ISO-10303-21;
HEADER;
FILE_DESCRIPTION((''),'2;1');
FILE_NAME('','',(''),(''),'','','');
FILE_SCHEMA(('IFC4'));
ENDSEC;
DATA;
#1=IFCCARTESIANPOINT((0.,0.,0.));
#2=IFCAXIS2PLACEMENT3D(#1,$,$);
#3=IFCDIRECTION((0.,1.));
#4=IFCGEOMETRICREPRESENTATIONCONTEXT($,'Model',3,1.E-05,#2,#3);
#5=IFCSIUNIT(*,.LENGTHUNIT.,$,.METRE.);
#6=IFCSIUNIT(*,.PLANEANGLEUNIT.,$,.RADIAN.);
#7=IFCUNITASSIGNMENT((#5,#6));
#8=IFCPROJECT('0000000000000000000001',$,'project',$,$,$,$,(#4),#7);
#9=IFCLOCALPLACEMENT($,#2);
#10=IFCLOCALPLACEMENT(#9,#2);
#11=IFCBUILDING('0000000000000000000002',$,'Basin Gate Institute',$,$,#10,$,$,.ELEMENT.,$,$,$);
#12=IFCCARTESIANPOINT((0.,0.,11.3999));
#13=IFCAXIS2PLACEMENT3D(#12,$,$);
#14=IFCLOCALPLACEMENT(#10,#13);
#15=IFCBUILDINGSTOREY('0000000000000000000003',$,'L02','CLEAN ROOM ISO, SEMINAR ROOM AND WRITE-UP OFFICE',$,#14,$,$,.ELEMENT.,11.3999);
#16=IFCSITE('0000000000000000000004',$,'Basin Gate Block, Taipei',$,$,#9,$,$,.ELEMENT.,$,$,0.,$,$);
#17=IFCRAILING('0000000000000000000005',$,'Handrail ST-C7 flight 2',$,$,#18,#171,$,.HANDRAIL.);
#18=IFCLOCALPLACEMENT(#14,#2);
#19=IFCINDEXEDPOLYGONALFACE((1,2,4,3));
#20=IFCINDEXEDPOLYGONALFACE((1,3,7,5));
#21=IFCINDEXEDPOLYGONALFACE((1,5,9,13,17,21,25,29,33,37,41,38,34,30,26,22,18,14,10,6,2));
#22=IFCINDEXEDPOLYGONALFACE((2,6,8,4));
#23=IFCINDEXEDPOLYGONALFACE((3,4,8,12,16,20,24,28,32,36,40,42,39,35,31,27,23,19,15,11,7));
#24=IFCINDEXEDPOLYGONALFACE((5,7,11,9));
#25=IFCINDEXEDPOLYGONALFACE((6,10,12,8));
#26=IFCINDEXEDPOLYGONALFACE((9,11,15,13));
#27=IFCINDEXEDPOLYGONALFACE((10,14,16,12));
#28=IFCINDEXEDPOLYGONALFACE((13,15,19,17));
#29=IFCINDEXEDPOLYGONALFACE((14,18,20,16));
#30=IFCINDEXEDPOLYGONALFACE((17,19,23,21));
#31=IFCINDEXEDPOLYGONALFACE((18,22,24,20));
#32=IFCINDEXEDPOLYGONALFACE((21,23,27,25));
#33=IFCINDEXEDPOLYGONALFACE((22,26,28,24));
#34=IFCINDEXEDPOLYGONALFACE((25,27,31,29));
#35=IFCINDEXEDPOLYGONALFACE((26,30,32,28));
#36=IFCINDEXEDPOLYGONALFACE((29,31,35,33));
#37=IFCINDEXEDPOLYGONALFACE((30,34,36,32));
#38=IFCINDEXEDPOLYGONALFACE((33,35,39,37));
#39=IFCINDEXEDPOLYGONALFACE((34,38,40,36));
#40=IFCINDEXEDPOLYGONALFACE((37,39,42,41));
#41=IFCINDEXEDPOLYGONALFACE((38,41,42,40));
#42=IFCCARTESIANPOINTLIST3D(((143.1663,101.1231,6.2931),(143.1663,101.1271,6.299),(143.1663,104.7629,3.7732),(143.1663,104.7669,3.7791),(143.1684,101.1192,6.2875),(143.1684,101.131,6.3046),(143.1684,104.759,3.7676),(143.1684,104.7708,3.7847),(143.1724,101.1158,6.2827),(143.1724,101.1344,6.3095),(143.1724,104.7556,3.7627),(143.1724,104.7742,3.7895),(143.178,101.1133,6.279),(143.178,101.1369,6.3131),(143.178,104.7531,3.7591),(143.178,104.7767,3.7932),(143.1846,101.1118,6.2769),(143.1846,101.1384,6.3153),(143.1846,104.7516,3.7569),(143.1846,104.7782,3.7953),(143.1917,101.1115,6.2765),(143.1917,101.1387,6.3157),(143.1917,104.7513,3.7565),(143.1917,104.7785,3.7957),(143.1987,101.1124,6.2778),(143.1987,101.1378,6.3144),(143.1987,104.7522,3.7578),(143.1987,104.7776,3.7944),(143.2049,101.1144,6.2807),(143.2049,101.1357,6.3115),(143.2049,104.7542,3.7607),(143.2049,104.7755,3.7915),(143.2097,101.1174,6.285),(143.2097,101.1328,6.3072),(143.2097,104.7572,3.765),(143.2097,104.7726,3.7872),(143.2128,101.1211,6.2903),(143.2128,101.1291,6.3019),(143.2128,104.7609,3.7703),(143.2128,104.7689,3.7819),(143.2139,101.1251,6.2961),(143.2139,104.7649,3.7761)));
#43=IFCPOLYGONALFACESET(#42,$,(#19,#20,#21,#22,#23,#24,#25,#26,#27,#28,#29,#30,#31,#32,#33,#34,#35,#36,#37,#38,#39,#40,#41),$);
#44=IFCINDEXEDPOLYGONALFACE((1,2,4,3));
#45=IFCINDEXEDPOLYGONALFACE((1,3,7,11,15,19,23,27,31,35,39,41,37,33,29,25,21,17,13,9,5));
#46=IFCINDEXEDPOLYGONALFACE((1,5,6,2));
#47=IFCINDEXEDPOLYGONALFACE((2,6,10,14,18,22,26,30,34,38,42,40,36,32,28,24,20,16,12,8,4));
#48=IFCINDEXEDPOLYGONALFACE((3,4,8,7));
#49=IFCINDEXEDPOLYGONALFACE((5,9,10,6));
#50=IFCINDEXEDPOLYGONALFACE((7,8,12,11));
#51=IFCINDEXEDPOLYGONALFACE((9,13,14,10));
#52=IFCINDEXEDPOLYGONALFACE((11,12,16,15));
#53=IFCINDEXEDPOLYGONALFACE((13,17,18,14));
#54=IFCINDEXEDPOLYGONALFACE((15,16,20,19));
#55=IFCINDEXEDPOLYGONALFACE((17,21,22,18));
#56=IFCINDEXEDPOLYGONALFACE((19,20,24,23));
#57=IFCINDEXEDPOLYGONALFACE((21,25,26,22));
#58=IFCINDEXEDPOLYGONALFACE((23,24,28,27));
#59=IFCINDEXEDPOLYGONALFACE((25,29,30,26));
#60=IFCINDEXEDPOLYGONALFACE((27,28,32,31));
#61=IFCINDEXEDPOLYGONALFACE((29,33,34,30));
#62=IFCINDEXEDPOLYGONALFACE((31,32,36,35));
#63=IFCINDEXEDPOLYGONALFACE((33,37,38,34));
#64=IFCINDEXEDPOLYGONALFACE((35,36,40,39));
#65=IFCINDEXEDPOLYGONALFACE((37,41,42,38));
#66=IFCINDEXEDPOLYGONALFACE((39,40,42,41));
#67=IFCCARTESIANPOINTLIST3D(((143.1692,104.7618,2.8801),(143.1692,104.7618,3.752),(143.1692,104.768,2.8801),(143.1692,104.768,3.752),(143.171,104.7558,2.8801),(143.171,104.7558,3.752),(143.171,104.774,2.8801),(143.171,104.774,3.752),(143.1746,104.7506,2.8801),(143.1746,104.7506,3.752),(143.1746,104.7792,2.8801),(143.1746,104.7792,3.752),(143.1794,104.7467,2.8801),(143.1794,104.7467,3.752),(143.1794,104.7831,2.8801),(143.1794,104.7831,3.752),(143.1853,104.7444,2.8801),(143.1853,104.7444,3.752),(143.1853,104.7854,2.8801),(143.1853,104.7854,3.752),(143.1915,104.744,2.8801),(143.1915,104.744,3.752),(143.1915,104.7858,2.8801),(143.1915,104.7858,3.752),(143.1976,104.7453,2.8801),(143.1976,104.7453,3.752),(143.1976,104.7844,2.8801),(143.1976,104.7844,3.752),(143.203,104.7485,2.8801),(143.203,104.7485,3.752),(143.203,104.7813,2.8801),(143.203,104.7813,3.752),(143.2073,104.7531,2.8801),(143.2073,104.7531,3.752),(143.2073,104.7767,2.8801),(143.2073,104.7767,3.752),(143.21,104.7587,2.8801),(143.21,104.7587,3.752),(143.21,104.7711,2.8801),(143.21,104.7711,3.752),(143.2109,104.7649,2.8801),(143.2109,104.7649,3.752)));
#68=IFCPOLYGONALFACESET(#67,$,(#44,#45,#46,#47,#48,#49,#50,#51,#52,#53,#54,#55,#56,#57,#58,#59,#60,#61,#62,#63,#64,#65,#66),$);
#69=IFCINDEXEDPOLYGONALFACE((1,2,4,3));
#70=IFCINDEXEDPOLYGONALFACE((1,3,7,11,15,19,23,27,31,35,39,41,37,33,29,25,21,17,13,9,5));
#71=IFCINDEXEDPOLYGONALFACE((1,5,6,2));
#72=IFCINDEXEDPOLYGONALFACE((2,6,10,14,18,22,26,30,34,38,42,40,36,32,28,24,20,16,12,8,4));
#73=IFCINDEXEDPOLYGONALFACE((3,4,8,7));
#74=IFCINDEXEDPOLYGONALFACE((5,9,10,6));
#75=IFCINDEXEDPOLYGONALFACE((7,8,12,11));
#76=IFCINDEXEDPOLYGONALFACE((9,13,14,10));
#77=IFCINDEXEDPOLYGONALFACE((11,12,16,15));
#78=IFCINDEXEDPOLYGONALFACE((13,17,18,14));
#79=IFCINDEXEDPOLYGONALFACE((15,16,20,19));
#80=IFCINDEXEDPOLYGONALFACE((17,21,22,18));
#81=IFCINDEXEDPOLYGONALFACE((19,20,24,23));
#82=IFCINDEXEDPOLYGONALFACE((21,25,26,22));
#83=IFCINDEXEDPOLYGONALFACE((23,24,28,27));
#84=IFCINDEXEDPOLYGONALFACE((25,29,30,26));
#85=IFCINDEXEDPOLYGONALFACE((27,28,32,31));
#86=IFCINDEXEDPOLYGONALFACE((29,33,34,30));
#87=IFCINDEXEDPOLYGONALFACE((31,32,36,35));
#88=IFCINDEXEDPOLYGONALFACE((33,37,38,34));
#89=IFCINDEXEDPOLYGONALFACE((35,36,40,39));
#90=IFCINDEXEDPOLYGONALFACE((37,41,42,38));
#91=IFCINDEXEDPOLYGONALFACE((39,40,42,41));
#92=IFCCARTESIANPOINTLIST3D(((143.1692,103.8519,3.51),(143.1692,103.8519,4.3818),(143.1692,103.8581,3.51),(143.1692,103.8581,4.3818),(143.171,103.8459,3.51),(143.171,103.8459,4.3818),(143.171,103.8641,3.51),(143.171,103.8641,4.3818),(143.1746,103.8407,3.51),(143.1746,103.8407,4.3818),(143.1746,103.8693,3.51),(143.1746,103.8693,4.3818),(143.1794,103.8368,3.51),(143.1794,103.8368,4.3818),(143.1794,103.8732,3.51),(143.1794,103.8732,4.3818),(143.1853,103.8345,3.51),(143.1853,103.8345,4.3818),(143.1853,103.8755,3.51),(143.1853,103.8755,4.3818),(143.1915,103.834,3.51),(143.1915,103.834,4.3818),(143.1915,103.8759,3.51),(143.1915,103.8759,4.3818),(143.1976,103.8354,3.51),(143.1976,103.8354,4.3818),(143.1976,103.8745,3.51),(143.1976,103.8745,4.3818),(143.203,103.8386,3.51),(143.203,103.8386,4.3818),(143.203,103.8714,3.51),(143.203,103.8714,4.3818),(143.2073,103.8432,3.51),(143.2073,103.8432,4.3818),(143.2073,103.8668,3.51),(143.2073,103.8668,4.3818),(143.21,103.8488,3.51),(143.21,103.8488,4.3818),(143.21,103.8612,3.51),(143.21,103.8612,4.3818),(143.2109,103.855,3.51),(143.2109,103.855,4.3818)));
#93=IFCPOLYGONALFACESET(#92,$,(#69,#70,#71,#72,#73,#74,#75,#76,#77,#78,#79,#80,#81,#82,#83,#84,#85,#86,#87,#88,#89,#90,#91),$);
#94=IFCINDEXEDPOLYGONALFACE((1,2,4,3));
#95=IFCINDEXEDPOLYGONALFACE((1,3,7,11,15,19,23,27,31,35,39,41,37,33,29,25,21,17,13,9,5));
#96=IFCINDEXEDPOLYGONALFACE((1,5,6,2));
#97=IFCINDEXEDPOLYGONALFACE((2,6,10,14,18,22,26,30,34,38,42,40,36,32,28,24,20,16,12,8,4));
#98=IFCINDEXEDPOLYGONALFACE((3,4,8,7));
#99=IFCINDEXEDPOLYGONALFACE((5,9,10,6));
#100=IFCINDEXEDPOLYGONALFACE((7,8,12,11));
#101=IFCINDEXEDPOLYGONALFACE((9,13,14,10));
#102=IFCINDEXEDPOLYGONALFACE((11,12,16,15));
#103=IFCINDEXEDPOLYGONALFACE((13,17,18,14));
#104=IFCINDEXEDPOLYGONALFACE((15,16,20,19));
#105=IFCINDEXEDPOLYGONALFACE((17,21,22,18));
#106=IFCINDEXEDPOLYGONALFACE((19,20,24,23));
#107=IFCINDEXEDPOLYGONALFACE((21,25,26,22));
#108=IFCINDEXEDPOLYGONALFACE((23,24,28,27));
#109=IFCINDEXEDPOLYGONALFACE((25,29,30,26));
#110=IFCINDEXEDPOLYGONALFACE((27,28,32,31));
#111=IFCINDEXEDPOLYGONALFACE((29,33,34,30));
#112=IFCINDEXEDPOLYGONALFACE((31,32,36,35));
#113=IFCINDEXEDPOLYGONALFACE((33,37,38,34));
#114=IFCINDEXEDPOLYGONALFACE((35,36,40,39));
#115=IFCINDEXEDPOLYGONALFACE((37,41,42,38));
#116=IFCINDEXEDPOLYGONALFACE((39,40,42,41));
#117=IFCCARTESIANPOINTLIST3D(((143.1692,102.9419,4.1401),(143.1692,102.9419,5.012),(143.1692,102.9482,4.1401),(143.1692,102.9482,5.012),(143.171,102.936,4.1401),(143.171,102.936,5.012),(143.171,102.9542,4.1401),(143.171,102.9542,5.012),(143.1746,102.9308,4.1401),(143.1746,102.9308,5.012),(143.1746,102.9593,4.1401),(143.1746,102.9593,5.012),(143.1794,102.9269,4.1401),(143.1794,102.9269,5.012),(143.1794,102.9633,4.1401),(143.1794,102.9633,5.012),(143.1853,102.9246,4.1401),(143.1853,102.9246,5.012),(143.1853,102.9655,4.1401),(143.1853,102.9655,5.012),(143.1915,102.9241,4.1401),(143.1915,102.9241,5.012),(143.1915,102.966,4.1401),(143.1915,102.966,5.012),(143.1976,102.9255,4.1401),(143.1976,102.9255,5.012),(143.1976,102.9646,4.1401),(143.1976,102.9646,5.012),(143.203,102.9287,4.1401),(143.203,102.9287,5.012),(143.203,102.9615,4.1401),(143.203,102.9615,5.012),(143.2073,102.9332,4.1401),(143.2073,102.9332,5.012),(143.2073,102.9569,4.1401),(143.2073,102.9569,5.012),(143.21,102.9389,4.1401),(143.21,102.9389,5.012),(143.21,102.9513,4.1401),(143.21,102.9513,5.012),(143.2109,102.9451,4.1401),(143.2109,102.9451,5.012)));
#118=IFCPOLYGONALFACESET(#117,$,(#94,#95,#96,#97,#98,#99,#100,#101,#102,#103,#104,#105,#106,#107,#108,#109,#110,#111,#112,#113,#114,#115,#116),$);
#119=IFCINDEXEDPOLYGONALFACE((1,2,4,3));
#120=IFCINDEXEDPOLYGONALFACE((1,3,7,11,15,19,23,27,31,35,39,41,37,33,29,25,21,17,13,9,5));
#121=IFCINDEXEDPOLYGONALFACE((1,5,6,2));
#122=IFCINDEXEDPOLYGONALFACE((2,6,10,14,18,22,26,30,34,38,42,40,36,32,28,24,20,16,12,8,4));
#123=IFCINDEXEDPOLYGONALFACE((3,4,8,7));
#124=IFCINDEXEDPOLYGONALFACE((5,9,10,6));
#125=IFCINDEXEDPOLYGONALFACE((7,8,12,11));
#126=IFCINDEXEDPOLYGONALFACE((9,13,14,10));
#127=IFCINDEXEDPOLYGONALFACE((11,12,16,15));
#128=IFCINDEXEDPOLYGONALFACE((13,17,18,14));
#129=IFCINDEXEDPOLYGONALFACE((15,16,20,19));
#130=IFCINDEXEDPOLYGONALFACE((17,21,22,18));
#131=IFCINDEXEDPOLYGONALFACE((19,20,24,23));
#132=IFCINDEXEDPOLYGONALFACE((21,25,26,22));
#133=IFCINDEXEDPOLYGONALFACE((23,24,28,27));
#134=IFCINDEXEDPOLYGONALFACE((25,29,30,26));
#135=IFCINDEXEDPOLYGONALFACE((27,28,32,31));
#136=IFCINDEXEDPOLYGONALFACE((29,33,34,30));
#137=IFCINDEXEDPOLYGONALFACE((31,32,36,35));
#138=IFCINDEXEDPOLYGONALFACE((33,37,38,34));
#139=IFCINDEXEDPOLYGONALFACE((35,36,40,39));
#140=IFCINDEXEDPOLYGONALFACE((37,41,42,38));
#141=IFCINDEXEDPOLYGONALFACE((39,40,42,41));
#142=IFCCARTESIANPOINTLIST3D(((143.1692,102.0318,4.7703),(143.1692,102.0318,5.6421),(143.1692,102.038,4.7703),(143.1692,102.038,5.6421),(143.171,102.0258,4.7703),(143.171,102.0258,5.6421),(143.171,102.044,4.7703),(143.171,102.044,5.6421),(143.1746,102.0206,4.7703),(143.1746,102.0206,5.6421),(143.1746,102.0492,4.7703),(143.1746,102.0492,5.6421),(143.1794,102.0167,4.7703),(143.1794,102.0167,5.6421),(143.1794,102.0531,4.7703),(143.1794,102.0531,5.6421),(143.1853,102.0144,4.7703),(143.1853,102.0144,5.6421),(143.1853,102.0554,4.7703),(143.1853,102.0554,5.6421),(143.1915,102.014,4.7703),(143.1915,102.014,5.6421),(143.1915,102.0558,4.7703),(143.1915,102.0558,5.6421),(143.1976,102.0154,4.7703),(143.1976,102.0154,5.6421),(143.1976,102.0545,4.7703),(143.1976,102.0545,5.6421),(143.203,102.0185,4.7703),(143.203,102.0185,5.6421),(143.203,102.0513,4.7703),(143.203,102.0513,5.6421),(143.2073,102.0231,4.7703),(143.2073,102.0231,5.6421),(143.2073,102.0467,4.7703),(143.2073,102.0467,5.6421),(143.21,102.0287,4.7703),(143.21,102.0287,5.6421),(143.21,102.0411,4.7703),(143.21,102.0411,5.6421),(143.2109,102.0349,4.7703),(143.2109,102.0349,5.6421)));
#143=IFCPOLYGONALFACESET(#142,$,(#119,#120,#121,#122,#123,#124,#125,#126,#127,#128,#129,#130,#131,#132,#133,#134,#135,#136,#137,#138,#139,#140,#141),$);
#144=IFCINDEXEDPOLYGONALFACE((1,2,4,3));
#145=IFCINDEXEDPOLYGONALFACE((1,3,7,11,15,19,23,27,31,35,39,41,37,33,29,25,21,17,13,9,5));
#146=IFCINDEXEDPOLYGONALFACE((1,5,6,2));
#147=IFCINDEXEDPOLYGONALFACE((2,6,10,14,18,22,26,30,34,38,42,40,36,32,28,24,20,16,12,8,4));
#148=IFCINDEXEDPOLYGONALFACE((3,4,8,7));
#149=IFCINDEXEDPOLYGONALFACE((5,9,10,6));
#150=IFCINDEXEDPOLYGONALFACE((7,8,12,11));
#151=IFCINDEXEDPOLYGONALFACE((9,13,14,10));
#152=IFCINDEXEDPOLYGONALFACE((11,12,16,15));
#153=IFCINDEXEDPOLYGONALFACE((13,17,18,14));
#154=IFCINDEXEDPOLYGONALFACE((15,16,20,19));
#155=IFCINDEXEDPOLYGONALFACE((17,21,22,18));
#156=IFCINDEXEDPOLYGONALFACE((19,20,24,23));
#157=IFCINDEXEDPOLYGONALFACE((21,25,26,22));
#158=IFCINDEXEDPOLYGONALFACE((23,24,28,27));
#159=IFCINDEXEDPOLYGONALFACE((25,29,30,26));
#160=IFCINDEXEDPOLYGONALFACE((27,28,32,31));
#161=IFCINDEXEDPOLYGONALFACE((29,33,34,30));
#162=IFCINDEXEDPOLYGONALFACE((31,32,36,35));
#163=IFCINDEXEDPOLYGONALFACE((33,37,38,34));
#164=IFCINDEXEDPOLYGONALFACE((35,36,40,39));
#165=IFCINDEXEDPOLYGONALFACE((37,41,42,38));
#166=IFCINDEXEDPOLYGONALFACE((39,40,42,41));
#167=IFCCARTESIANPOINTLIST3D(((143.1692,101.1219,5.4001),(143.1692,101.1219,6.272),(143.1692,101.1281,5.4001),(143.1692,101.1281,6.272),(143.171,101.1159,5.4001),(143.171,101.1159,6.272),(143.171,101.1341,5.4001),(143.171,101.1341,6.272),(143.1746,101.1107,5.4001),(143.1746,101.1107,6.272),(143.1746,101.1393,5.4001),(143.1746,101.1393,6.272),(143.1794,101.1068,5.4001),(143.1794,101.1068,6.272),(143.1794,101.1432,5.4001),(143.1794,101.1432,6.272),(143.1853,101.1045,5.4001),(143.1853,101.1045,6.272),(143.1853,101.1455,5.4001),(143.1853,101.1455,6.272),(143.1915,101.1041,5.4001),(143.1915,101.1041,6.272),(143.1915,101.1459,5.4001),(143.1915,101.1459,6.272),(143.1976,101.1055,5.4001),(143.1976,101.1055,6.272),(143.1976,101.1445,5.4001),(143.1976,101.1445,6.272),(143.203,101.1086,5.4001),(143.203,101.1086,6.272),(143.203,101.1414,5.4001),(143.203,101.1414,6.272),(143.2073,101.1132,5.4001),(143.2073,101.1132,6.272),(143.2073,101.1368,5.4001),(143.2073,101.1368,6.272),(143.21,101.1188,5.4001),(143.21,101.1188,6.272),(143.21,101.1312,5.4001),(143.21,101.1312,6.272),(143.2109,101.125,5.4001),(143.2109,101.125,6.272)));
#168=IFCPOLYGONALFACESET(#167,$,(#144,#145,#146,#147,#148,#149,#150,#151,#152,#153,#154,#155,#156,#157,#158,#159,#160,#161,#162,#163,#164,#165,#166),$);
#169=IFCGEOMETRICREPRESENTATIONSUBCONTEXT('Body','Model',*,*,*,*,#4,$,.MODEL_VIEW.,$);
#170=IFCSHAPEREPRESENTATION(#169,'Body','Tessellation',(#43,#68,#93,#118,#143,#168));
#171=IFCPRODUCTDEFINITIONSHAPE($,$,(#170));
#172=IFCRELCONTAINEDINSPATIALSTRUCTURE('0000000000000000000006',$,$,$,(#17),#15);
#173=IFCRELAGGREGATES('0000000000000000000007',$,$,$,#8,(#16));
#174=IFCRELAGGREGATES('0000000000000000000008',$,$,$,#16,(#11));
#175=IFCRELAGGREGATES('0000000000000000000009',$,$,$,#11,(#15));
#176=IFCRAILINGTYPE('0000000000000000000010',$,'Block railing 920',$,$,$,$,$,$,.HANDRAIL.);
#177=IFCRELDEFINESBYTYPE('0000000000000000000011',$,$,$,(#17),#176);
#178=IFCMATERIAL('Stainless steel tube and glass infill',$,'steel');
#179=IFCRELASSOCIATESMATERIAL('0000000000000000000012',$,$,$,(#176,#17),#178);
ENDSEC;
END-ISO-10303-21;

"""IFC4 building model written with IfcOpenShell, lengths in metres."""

from ifc_helpers import new_model, si_unit, direction, frame, origin, origin_2d, place, context, subcontext, project, spatial, circle, extrude, material, type_object, element, save


model = new_model("IFC4")

# Units and contexts
model_context = context("Model", 3, precision=1e-05, world=origin(), true_north=direction((0.0, 1.0)))
body_context = subcontext(model_context, "Body", "Model", "MODEL_VIEW")
ifc_project = project(units=[si_unit("LENGTHUNIT", "METRE"), si_unit("PLANEANGLEUNIT", "RADIAN")], contexts=[model_context])

# Site, building, storey
site_placement = place(None, origin())
site = spatial("IfcSite", under=ifc_project, at=site_placement, Name="Basin Gate Block, Taipei", CompositionType="ELEMENT", RefElevation=0.0)
building_placement = place(site_placement, origin())
building = spatial("IfcBuilding", under=site, at=building_placement, Name="Basin Gate Institute", CompositionType="ELEMENT")
storey_placement = place(building_placement, frame((0.0, 0.0, 11.3999)))
storey = spatial("IfcBuildingStorey", under=building, at=storey_placement, Name="L02", Description="CLEAN ROOM ISO, SEMINAR ROOM AND WRITE-UP OFFICE", CompositionType="ELEMENT", Elevation=11.3999)

# Railing
ifc_material_1 = material(Name="Stainless steel tube and glass infill", Category="steel")
railing_type_1 = type_object("IfcRailingType", Name="Block railing 920", PredefinedType="HANDRAIL", material=ifc_material_1)
for number, where, name in (
    (1, (143.1899, 104.7649, 2.8801), "Handrail ST-C7 flight 2"),
):
    element("IfcRailing", number, at=place(storey_placement, frame(where)), inside=storey, type_object=railing_type_1, material=ifc_material_1, Name=name, PredefinedType="HANDRAIL", context=body_context, shape_type="SweptSolid", body=[
        extrude(circle(Radius=0.0239, at=origin_2d()), frame((0.0, 0.0, 0.896), z_axis=(0.0, -0.822182, 0.569224), x_axis=(1.0, 0.0, 0.0)), (0.0, 0.0, 1.0), 4.427),
        extrude(circle(Radius=0.021, at=origin_2d()), origin(), (0.0, 0.0, 1.0), 0.8718),
        extrude(circle(Radius=0.021, at=origin_2d()), frame((0.0, -0.9099, 0.6299)), (0.0, 0.0, 1.0), 0.8718),
        extrude(circle(Radius=0.021, at=origin_2d()), frame((0.0, -1.8198, 1.26)), (0.0, 0.0, 1.0), 0.8718),
        extrude(circle(Radius=0.021, at=origin_2d()), frame((0.0, -2.73, 1.8901)), (0.0, 0.0, 1.0), 0.8718),
        extrude(circle(Radius=0.021, at=origin_2d()), frame((0.0, -3.6399, 2.52)), (0.0, 0.0, 1.0), 0.8718),
    ])

save(model, "model.ifc")
